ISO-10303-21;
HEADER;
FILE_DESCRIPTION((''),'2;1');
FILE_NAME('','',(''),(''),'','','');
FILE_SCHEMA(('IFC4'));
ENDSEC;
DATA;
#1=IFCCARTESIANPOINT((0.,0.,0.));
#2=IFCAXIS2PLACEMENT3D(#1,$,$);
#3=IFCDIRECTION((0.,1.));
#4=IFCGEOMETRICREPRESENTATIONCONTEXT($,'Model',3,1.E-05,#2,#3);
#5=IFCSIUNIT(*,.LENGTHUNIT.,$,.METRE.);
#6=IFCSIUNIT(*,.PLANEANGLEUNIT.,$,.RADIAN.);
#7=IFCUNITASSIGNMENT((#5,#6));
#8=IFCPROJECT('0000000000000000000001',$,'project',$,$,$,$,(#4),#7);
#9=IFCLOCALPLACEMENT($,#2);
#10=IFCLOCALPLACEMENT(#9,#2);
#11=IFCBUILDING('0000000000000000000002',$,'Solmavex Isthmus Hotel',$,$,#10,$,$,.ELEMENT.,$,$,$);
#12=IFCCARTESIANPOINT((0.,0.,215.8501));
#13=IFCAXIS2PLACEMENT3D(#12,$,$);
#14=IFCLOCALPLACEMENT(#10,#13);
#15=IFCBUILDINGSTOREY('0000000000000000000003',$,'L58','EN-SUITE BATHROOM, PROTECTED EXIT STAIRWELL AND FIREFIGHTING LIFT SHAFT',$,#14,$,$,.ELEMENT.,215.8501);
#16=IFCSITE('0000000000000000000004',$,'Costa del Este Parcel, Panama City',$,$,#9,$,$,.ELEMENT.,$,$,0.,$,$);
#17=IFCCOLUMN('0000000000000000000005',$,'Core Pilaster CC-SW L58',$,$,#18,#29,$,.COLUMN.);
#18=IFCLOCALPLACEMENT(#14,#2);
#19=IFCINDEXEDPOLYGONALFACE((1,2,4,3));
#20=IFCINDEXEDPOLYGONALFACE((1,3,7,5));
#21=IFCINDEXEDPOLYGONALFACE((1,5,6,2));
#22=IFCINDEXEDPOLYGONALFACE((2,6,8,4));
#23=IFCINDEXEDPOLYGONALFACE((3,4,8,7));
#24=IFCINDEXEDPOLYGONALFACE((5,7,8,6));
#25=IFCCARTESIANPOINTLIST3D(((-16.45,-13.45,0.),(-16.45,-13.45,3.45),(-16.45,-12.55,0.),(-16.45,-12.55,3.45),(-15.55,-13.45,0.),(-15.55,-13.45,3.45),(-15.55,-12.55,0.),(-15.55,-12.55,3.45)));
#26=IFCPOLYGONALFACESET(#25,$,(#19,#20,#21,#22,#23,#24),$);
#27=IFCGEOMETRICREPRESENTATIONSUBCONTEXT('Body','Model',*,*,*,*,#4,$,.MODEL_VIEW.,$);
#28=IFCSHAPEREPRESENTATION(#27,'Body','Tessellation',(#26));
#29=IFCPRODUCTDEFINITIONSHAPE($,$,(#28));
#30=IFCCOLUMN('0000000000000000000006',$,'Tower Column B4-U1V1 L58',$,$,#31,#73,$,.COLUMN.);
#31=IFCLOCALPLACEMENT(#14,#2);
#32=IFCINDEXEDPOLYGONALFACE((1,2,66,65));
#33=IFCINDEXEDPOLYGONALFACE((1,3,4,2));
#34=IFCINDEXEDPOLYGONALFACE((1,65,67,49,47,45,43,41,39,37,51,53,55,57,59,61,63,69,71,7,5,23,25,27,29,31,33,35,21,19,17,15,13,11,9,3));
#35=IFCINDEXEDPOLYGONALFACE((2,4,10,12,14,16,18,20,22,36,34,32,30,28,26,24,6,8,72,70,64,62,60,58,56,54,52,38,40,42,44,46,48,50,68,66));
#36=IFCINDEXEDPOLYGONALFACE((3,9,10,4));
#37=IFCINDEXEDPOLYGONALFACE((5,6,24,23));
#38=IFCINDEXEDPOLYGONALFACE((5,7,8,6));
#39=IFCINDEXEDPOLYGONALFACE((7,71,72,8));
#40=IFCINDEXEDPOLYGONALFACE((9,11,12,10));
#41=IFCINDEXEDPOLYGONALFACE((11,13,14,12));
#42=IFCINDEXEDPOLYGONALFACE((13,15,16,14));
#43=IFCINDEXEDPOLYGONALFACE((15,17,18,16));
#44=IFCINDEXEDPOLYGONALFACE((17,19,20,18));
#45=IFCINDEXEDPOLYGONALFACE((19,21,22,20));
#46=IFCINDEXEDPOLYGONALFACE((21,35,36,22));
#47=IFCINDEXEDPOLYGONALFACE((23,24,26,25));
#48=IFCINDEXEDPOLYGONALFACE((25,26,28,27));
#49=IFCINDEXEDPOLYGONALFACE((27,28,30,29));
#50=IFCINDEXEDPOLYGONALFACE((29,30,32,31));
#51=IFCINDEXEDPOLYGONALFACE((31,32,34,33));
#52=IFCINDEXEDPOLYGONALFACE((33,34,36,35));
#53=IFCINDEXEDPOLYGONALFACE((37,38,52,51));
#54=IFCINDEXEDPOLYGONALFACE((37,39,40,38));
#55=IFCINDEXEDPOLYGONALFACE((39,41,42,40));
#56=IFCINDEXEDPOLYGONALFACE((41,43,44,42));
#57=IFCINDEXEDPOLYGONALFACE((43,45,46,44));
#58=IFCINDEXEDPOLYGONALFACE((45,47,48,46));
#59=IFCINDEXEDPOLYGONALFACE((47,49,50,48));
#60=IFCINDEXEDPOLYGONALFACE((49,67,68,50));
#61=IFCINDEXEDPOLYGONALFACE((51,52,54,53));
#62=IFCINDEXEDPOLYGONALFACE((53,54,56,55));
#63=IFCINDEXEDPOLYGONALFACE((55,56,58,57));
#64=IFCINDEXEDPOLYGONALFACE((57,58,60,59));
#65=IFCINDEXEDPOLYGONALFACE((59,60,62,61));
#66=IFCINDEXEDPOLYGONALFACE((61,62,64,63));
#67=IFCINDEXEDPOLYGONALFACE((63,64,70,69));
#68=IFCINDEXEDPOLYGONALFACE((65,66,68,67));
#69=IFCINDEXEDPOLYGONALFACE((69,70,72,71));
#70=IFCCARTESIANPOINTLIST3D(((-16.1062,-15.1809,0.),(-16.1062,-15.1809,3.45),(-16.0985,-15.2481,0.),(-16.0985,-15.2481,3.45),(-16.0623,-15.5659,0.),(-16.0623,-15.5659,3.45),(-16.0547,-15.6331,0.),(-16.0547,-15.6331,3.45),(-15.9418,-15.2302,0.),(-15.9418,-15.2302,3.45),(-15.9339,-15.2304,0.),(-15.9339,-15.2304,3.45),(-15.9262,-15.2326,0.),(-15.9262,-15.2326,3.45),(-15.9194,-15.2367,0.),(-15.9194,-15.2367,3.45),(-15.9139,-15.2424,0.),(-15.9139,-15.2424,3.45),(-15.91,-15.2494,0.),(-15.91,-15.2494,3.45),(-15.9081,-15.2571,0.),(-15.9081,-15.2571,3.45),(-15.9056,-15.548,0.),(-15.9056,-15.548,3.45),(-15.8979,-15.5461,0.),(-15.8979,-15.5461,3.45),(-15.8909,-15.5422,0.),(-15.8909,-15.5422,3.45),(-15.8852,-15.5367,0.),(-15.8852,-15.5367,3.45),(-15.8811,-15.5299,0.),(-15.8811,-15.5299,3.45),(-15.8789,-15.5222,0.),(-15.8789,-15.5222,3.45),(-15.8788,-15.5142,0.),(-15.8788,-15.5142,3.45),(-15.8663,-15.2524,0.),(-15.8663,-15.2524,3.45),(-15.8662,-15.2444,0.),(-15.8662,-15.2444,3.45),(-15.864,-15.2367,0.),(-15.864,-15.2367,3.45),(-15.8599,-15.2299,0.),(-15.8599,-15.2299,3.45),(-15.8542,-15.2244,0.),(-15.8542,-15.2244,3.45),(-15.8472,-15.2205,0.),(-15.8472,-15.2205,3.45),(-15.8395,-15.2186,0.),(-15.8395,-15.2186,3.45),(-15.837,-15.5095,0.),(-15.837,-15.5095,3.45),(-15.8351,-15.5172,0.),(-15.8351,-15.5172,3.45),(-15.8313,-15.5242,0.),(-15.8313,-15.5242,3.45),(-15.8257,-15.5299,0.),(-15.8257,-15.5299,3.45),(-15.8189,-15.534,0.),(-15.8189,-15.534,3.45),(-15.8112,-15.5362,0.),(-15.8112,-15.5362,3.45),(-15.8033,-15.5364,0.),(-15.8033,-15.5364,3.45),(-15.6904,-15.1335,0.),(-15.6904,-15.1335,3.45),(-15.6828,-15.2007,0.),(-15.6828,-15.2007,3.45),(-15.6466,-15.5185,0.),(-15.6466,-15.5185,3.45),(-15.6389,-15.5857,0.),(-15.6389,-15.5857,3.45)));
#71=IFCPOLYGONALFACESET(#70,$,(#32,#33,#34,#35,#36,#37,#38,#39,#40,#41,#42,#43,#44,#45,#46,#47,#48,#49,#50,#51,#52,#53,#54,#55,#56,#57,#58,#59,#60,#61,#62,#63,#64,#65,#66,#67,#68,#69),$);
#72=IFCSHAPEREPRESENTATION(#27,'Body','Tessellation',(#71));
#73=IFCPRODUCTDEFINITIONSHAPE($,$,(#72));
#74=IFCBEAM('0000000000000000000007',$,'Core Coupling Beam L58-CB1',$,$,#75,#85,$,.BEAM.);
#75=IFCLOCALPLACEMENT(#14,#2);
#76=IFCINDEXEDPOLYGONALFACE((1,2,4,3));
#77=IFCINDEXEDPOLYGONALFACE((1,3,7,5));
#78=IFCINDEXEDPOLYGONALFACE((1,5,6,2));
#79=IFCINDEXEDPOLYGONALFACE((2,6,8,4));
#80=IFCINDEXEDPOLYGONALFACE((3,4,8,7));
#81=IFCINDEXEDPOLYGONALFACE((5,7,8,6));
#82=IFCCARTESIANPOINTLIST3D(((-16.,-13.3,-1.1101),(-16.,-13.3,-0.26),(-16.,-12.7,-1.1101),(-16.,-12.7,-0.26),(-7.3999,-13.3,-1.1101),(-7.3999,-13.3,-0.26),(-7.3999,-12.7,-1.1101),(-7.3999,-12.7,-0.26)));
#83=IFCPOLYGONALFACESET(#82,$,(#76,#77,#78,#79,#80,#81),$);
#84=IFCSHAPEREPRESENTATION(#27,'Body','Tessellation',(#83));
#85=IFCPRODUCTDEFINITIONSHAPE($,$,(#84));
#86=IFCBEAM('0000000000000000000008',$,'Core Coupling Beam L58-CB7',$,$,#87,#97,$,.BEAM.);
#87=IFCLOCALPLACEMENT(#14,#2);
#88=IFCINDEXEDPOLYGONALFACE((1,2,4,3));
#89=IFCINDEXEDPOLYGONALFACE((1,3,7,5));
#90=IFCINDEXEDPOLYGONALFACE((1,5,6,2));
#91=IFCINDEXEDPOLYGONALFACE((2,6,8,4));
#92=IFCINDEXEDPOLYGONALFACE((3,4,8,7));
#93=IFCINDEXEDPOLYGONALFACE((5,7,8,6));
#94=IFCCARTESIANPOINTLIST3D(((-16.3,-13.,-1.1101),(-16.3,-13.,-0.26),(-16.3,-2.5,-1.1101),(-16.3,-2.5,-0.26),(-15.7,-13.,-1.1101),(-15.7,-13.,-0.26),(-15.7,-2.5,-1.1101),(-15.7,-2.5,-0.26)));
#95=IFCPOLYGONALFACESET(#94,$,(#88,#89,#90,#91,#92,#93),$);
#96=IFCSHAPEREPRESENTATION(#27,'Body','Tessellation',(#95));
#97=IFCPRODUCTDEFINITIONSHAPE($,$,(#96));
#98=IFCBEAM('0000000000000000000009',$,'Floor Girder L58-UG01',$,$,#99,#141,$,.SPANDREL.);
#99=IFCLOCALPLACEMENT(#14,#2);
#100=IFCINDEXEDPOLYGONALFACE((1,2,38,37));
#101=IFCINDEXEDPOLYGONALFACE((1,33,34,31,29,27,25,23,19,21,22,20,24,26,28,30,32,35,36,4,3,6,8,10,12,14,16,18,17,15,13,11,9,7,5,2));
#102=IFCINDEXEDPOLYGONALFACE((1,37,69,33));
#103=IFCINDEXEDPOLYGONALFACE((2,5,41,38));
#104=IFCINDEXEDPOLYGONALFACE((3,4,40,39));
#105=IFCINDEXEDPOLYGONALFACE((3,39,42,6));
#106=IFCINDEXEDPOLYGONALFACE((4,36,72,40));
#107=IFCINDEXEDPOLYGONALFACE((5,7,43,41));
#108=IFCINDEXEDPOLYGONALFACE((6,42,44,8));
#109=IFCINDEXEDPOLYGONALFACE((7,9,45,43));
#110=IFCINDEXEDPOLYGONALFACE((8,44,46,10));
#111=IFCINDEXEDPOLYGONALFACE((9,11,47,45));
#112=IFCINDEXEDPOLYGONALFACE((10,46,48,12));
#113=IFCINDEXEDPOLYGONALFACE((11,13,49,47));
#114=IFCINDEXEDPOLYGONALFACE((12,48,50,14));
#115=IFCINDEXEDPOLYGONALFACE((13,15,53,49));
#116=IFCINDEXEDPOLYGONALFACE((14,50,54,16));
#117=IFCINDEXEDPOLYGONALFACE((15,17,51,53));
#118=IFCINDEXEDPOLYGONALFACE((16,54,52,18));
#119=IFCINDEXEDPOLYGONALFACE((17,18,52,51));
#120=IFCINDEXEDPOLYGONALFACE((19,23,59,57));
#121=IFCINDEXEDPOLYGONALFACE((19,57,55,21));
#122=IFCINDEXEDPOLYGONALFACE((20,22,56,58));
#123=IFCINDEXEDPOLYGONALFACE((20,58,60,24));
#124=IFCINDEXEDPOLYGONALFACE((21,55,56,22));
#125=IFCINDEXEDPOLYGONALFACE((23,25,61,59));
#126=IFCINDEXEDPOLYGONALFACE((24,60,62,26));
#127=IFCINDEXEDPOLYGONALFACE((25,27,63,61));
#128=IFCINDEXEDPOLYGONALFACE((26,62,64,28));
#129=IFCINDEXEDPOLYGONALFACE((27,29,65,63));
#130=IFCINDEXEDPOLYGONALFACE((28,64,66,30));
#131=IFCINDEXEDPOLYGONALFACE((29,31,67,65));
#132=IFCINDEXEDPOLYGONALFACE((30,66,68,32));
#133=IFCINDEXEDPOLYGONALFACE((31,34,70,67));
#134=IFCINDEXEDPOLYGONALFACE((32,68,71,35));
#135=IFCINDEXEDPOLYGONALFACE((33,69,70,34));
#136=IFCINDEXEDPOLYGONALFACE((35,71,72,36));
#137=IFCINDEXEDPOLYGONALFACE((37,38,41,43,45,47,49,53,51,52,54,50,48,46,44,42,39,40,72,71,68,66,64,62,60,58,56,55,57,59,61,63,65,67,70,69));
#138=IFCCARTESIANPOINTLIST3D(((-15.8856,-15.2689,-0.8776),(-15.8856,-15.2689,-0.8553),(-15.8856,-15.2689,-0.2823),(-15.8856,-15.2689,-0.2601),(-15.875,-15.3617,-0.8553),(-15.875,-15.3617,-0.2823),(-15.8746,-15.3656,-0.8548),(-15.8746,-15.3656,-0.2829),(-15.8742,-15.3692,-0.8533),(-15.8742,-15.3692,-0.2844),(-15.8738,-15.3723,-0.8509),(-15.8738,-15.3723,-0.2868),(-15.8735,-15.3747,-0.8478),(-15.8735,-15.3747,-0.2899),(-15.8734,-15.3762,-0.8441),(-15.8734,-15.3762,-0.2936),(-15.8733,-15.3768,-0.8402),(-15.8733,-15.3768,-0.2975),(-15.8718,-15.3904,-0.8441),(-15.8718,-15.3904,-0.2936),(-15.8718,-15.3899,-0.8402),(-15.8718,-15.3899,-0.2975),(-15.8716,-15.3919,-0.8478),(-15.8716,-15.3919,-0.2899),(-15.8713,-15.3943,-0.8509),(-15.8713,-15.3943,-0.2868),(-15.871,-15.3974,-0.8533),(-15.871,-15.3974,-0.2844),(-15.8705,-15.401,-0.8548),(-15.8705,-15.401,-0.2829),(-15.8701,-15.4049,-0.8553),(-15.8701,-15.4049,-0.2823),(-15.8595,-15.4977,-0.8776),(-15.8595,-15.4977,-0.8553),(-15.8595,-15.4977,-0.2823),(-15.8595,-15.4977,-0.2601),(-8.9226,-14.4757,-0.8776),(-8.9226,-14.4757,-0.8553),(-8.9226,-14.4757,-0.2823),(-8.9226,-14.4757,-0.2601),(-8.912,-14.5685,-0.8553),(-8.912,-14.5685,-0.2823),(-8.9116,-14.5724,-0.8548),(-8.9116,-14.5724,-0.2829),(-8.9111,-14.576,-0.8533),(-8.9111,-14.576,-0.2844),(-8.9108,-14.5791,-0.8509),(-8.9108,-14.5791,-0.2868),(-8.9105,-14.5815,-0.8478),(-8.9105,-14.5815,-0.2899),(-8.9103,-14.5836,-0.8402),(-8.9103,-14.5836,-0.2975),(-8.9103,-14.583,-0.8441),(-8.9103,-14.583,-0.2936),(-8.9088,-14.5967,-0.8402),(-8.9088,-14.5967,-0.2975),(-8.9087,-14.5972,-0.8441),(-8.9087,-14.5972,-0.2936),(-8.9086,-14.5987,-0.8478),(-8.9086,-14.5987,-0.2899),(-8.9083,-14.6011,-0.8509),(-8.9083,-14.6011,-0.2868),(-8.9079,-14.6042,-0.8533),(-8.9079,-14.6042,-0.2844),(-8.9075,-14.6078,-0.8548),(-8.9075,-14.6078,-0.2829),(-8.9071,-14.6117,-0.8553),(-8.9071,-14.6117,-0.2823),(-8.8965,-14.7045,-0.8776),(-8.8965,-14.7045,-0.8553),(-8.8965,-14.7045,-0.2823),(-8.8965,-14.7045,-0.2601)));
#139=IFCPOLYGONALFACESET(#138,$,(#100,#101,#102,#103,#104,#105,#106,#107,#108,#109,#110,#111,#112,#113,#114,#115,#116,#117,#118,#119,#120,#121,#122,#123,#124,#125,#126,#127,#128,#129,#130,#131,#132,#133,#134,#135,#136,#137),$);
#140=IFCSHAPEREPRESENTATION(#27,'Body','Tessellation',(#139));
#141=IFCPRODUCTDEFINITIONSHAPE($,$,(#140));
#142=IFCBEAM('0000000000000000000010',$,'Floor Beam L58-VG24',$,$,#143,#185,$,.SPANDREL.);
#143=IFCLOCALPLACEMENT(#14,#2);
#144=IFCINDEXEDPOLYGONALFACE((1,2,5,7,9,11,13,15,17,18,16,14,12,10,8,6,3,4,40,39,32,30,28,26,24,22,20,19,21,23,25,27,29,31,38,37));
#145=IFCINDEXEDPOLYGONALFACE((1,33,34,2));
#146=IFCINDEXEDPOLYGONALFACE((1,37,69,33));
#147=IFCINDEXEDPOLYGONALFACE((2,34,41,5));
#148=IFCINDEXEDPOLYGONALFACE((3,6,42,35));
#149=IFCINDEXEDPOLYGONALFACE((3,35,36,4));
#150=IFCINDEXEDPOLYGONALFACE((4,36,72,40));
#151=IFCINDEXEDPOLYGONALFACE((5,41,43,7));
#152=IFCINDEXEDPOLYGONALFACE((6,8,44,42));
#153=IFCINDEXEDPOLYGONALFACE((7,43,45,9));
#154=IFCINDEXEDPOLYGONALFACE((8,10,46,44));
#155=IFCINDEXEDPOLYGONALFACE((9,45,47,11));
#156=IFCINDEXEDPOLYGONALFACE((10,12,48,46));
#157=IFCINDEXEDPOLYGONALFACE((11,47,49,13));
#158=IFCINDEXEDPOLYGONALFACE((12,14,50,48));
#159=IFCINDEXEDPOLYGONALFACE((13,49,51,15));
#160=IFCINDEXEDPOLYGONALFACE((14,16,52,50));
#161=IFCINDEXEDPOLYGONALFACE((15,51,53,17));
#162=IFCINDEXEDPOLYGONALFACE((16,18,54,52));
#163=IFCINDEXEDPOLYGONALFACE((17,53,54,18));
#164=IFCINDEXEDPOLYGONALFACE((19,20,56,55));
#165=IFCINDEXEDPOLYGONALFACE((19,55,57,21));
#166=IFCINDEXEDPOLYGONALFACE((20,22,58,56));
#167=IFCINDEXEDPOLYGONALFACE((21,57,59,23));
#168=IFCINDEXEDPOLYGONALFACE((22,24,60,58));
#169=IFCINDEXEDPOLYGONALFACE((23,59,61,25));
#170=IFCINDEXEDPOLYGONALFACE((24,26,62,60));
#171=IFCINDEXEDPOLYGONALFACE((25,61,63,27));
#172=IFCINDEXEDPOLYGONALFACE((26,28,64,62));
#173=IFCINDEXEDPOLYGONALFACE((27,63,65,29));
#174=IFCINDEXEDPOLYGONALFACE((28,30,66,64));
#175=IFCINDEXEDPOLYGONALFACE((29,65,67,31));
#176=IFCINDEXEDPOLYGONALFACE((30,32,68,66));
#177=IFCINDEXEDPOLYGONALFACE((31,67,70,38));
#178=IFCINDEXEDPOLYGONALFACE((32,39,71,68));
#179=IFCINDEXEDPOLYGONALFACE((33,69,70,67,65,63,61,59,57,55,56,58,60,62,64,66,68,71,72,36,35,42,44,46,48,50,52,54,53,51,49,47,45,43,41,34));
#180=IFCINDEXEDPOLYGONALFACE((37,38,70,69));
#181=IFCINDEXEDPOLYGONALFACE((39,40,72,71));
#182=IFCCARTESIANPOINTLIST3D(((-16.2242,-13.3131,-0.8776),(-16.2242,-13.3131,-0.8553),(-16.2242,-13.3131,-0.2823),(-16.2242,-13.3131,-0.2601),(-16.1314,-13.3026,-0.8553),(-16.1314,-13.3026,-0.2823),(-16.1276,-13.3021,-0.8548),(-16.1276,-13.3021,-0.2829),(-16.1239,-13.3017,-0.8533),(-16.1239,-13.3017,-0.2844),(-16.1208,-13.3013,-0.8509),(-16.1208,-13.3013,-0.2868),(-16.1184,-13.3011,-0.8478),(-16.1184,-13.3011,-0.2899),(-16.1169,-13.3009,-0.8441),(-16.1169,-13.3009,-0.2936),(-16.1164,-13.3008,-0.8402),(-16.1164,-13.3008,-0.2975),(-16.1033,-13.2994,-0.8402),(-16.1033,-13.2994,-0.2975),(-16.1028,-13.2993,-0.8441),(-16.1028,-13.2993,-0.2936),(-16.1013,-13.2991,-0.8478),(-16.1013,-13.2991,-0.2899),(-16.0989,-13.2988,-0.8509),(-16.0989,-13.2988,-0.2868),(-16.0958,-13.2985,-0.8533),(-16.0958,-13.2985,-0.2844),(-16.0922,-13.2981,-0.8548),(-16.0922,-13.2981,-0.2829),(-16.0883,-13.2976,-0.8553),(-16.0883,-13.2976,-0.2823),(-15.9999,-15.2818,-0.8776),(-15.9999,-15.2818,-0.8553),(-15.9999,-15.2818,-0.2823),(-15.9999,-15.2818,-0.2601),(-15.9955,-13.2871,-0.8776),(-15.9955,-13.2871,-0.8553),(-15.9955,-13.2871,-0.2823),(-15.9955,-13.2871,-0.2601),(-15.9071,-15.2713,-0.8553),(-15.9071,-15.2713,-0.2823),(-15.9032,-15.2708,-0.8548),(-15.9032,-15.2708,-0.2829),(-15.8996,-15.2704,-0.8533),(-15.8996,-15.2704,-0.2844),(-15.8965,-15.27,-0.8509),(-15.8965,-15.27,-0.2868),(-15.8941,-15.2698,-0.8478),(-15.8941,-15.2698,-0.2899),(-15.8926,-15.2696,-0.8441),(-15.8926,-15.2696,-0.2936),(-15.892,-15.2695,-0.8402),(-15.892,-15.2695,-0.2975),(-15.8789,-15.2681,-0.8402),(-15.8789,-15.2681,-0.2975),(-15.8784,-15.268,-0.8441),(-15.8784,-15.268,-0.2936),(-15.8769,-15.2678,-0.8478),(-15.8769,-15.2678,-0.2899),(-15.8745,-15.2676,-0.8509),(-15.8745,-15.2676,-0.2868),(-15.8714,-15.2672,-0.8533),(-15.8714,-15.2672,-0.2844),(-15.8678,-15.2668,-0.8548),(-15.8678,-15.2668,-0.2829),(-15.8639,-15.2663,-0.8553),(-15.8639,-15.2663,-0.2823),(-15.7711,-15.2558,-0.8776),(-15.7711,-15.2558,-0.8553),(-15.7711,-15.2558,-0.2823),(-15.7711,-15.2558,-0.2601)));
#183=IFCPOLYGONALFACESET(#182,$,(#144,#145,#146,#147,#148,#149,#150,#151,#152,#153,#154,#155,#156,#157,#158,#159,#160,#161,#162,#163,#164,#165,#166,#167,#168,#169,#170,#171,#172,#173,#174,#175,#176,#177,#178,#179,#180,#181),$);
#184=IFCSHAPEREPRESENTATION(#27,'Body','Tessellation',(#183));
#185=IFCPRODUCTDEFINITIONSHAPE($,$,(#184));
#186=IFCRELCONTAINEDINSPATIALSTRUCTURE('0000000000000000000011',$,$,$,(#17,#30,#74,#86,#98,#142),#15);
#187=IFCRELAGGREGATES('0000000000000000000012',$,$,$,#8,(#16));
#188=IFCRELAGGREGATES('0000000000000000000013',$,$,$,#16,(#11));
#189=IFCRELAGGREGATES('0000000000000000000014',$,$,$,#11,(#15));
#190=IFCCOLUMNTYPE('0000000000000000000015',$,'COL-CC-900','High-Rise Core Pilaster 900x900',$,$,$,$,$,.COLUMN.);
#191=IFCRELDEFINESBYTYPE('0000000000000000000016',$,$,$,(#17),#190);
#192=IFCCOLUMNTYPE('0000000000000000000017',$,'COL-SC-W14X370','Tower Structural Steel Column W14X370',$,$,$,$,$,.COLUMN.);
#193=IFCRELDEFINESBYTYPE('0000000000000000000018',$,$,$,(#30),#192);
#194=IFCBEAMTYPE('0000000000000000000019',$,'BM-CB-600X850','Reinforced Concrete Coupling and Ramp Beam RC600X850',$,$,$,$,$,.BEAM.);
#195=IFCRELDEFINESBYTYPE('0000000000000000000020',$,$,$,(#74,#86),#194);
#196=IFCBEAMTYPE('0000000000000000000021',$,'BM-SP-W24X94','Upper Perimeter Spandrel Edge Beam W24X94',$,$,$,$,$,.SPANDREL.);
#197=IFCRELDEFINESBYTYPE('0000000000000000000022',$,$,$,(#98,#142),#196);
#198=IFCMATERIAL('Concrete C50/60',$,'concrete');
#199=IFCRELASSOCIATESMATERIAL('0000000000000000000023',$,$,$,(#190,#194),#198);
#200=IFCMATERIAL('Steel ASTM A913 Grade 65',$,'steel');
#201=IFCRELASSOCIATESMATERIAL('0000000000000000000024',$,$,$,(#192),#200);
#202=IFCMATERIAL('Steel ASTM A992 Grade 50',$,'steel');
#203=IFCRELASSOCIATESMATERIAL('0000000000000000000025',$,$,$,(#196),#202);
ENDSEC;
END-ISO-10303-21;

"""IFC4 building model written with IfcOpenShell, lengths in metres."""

from ifc_helpers import new_model, si_unit, direction, frame, origin, origin_2d, place, context, subcontext, project, spatial, rectangle, i_section, extrude, material, material_profile, profile_set, type_object, element, save


model = new_model("IFC4")

# Units and contexts
model_context = context("Model", 3, precision=1e-05, world=origin(), true_north=direction((0.0, 1.0)))
body_context = subcontext(model_context, "Body", "Model", "MODEL_VIEW")
ifc_project = project(units=[si_unit("LENGTHUNIT", "METRE"), si_unit("PLANEANGLEUNIT", "RADIAN")], contexts=[model_context])

# Site, building, storey
site_placement = place(None, origin())
site = spatial("IfcSite", under=ifc_project, at=site_placement, Name="Costa del Este Parcel, Panama City", CompositionType="ELEMENT", RefElevation=0.0)
building_placement = place(site_placement, origin())
building = spatial("IfcBuilding", under=site, at=building_placement, Name="Solmavex Isthmus Hotel", CompositionType="ELEMENT")
storey_placement = place(building_placement, frame((0.0, 0.0, 215.8501)))
storey = spatial("IfcBuildingStorey", under=building, at=storey_placement, Name="L58", Description="EN-SUITE BATHROOM, PROTECTED EXIT STAIRWELL AND FIREFIGHTING LIFT SHAFT", CompositionType="ELEMENT", Elevation=215.8501)

# Columns
ifc_material_1 = material(Name="Concrete C50/60", Category="concrete")
ifc_material_profile_1 = material_profile(ifc_material_1, rectangle(XDim=0.8999, YDim=0.8999, at=origin_2d()), Name="RC900X900")
ifc_profile_set_1 = profile_set([ifc_material_profile_1], Name="Concrete C50/60")
column_type_1 = type_object("IfcColumnType", Name="COL-CC-900", Description="High-Rise Core Pilaster 900x900", PredefinedType="COLUMN", material=ifc_profile_set_1)
column_1_placement = place(storey_placement, frame((-16.0, -13.0, 0.0), z_axis=(0.0, 0.0, 1.0), x_axis=(1.0, 0.0, 0.0)))
element("IfcColumn", 1, at=column_1_placement, inside=storey, type_object=column_type_1, Name="Core Pilaster CC-SW L58", PredefinedType="COLUMN", context=body_context, shape_type="SweptSolid", body=[
    extrude(rectangle(XDim=0.8999, YDim=0.8999, at=origin_2d()), origin(), (0.0, 0.0, 1.0), 3.45),
])
ifc_material_2 = material(Name="Steel ASTM A913 Grade 65", Category="steel")
ifc_material_profile_2 = material_profile(ifc_material_2, i_section(OverallWidth=0.4185, OverallDepth=0.4551, WebThickness=0.042, FlangeThickness=0.0676, FilletRadius=0.0305, at=origin_2d()), Name="W14X370")
ifc_profile_set_2 = profile_set([ifc_material_profile_2], Name="Steel ASTM A913 Grade 65")
column_type_2 = type_object("IfcColumnType", Name="COL-SC-W14X370", Description="Tower Structural Steel Column W14X370", PredefinedType="COLUMN", material=ifc_profile_set_2)
column_2_placement = place(storey_placement, frame((-15.8726, -15.3833, 0.0), z_axis=(0.0, 0.0, 1.0), x_axis=(0.993572, 0.113203, 0.0)))
element("IfcColumn", 2, at=column_2_placement, inside=storey, type_object=column_type_2, Name="Tower Column B4-U1V1 L58", PredefinedType="COLUMN", context=body_context, shape_type="SweptSolid", body=[
    extrude(i_section(OverallWidth=0.4185, OverallDepth=0.4551, WebThickness=0.042, FlangeThickness=0.0676, FilletRadius=0.0305, at=origin_2d()), origin(), (0.0, 0.0, 1.0), 3.45),
])

# Beams
ifc_material_profile_3 = material_profile(ifc_material_1, rectangle(XDim=0.6001, YDim=0.8501, at=origin_2d()), Name="RC600X850")
ifc_profile_set_3 = profile_set([ifc_material_profile_3], Name="Concrete C50/60")
beam_type_1 = type_object("IfcBeamType", Name="BM-CB-600X850", Description="Reinforced Concrete Coupling and Ramp Beam RC600X850", PredefinedType="BEAM", material=ifc_profile_set_3)
beam_1_placement = place(storey_placement, frame((-16.0, -13.0, -0.6851), z_axis=(1.0, 0.0, 0.0), x_axis=(0.0, 1.0, 0.0)))
element("IfcBeam", 3, at=beam_1_placement, inside=storey, type_object=beam_type_1, Name="Core Coupling Beam L58-CB1", PredefinedType="BEAM", context=body_context, shape_type="SweptSolid", body=[
    extrude(rectangle(XDim=0.6001, YDim=0.8501, at=origin_2d()), origin(), (0.0, 0.0, 1.0), 8.6001),
])
beam_2_placement = place(storey_placement, frame((-16.0, -13.0, -0.6851), z_axis=(0.0, 1.0, 0.0), x_axis=(-1.0, 0.0, 0.0)))
element("IfcBeam", 4, at=beam_2_placement, inside=storey, type_object=beam_type_1, Name="Core Coupling Beam L58-CB7", PredefinedType="BEAM", context=body_context, shape_type="SweptSolid", body=[
    extrude(rectangle(XDim=0.6001, YDim=0.8501, at=origin_2d()), origin(), (0.0, 0.0, 1.0), 10.5),
])
ifc_material_3 = material(Name="Steel ASTM A992 Grade 50", Category="steel")
ifc_material_profile_4 = material_profile(ifc_material_3, i_section(OverallWidth=0.2302, OverallDepth=0.6174, WebThickness=0.0132, FlangeThickness=0.0222, FilletRadius=0.0151, at=origin_2d()), Name="W24X94")
ifc_profile_set_4 = profile_set([ifc_material_profile_4], Name="Steel ASTM A992 Grade 50")
beam_type_2 = type_object("IfcBeamType", Name="BM-SP-W24X94", Description="Upper Perimeter Spandrel Edge Beam W24X94", PredefinedType="SPANDREL", material=ifc_profile_set_4)
beam_3_placement = place(storey_placement, frame((-15.8726, -15.3833, -0.5688), z_axis=(0.993574, 0.113184, 0.0), x_axis=(-0.113184, 0.993574, 0.0)))
element("IfcBeam", 5, at=beam_3_placement, inside=storey, type_object=beam_type_2, Name="Floor Girder L58-UG01", PredefinedType="SPANDREL", context=body_context, shape_type="SweptSolid", body=[
    extrude(i_section(OverallWidth=0.2302, OverallDepth=0.6174, WebThickness=0.0132, FlangeThickness=0.0222, FilletRadius=0.0151, at=origin_2d()), origin(), (0.0, 0.0, 1.0), 7.0081),
])
beam_4_placement = place(storey_placement, frame((-15.8855, -15.2688, -0.5688), z_axis=(-0.11323, 0.993569, 0.0), x_axis=(-0.993569, -0.11323, 0.0)))
element("IfcBeam", 6, at=beam_4_placement, inside=storey, type_object=beam_type_2, Name="Floor Beam L58-VG24", PredefinedType="SPANDREL", context=body_context, shape_type="SweptSolid", body=[
    extrude(i_section(OverallWidth=0.2302, OverallDepth=0.6174, WebThickness=0.0132, FlangeThickness=0.0222, FilletRadius=0.0151, at=origin_2d()), origin(), (0.0, 0.0, 1.0), 1.9814),
])

save(model, "model.ifc")
